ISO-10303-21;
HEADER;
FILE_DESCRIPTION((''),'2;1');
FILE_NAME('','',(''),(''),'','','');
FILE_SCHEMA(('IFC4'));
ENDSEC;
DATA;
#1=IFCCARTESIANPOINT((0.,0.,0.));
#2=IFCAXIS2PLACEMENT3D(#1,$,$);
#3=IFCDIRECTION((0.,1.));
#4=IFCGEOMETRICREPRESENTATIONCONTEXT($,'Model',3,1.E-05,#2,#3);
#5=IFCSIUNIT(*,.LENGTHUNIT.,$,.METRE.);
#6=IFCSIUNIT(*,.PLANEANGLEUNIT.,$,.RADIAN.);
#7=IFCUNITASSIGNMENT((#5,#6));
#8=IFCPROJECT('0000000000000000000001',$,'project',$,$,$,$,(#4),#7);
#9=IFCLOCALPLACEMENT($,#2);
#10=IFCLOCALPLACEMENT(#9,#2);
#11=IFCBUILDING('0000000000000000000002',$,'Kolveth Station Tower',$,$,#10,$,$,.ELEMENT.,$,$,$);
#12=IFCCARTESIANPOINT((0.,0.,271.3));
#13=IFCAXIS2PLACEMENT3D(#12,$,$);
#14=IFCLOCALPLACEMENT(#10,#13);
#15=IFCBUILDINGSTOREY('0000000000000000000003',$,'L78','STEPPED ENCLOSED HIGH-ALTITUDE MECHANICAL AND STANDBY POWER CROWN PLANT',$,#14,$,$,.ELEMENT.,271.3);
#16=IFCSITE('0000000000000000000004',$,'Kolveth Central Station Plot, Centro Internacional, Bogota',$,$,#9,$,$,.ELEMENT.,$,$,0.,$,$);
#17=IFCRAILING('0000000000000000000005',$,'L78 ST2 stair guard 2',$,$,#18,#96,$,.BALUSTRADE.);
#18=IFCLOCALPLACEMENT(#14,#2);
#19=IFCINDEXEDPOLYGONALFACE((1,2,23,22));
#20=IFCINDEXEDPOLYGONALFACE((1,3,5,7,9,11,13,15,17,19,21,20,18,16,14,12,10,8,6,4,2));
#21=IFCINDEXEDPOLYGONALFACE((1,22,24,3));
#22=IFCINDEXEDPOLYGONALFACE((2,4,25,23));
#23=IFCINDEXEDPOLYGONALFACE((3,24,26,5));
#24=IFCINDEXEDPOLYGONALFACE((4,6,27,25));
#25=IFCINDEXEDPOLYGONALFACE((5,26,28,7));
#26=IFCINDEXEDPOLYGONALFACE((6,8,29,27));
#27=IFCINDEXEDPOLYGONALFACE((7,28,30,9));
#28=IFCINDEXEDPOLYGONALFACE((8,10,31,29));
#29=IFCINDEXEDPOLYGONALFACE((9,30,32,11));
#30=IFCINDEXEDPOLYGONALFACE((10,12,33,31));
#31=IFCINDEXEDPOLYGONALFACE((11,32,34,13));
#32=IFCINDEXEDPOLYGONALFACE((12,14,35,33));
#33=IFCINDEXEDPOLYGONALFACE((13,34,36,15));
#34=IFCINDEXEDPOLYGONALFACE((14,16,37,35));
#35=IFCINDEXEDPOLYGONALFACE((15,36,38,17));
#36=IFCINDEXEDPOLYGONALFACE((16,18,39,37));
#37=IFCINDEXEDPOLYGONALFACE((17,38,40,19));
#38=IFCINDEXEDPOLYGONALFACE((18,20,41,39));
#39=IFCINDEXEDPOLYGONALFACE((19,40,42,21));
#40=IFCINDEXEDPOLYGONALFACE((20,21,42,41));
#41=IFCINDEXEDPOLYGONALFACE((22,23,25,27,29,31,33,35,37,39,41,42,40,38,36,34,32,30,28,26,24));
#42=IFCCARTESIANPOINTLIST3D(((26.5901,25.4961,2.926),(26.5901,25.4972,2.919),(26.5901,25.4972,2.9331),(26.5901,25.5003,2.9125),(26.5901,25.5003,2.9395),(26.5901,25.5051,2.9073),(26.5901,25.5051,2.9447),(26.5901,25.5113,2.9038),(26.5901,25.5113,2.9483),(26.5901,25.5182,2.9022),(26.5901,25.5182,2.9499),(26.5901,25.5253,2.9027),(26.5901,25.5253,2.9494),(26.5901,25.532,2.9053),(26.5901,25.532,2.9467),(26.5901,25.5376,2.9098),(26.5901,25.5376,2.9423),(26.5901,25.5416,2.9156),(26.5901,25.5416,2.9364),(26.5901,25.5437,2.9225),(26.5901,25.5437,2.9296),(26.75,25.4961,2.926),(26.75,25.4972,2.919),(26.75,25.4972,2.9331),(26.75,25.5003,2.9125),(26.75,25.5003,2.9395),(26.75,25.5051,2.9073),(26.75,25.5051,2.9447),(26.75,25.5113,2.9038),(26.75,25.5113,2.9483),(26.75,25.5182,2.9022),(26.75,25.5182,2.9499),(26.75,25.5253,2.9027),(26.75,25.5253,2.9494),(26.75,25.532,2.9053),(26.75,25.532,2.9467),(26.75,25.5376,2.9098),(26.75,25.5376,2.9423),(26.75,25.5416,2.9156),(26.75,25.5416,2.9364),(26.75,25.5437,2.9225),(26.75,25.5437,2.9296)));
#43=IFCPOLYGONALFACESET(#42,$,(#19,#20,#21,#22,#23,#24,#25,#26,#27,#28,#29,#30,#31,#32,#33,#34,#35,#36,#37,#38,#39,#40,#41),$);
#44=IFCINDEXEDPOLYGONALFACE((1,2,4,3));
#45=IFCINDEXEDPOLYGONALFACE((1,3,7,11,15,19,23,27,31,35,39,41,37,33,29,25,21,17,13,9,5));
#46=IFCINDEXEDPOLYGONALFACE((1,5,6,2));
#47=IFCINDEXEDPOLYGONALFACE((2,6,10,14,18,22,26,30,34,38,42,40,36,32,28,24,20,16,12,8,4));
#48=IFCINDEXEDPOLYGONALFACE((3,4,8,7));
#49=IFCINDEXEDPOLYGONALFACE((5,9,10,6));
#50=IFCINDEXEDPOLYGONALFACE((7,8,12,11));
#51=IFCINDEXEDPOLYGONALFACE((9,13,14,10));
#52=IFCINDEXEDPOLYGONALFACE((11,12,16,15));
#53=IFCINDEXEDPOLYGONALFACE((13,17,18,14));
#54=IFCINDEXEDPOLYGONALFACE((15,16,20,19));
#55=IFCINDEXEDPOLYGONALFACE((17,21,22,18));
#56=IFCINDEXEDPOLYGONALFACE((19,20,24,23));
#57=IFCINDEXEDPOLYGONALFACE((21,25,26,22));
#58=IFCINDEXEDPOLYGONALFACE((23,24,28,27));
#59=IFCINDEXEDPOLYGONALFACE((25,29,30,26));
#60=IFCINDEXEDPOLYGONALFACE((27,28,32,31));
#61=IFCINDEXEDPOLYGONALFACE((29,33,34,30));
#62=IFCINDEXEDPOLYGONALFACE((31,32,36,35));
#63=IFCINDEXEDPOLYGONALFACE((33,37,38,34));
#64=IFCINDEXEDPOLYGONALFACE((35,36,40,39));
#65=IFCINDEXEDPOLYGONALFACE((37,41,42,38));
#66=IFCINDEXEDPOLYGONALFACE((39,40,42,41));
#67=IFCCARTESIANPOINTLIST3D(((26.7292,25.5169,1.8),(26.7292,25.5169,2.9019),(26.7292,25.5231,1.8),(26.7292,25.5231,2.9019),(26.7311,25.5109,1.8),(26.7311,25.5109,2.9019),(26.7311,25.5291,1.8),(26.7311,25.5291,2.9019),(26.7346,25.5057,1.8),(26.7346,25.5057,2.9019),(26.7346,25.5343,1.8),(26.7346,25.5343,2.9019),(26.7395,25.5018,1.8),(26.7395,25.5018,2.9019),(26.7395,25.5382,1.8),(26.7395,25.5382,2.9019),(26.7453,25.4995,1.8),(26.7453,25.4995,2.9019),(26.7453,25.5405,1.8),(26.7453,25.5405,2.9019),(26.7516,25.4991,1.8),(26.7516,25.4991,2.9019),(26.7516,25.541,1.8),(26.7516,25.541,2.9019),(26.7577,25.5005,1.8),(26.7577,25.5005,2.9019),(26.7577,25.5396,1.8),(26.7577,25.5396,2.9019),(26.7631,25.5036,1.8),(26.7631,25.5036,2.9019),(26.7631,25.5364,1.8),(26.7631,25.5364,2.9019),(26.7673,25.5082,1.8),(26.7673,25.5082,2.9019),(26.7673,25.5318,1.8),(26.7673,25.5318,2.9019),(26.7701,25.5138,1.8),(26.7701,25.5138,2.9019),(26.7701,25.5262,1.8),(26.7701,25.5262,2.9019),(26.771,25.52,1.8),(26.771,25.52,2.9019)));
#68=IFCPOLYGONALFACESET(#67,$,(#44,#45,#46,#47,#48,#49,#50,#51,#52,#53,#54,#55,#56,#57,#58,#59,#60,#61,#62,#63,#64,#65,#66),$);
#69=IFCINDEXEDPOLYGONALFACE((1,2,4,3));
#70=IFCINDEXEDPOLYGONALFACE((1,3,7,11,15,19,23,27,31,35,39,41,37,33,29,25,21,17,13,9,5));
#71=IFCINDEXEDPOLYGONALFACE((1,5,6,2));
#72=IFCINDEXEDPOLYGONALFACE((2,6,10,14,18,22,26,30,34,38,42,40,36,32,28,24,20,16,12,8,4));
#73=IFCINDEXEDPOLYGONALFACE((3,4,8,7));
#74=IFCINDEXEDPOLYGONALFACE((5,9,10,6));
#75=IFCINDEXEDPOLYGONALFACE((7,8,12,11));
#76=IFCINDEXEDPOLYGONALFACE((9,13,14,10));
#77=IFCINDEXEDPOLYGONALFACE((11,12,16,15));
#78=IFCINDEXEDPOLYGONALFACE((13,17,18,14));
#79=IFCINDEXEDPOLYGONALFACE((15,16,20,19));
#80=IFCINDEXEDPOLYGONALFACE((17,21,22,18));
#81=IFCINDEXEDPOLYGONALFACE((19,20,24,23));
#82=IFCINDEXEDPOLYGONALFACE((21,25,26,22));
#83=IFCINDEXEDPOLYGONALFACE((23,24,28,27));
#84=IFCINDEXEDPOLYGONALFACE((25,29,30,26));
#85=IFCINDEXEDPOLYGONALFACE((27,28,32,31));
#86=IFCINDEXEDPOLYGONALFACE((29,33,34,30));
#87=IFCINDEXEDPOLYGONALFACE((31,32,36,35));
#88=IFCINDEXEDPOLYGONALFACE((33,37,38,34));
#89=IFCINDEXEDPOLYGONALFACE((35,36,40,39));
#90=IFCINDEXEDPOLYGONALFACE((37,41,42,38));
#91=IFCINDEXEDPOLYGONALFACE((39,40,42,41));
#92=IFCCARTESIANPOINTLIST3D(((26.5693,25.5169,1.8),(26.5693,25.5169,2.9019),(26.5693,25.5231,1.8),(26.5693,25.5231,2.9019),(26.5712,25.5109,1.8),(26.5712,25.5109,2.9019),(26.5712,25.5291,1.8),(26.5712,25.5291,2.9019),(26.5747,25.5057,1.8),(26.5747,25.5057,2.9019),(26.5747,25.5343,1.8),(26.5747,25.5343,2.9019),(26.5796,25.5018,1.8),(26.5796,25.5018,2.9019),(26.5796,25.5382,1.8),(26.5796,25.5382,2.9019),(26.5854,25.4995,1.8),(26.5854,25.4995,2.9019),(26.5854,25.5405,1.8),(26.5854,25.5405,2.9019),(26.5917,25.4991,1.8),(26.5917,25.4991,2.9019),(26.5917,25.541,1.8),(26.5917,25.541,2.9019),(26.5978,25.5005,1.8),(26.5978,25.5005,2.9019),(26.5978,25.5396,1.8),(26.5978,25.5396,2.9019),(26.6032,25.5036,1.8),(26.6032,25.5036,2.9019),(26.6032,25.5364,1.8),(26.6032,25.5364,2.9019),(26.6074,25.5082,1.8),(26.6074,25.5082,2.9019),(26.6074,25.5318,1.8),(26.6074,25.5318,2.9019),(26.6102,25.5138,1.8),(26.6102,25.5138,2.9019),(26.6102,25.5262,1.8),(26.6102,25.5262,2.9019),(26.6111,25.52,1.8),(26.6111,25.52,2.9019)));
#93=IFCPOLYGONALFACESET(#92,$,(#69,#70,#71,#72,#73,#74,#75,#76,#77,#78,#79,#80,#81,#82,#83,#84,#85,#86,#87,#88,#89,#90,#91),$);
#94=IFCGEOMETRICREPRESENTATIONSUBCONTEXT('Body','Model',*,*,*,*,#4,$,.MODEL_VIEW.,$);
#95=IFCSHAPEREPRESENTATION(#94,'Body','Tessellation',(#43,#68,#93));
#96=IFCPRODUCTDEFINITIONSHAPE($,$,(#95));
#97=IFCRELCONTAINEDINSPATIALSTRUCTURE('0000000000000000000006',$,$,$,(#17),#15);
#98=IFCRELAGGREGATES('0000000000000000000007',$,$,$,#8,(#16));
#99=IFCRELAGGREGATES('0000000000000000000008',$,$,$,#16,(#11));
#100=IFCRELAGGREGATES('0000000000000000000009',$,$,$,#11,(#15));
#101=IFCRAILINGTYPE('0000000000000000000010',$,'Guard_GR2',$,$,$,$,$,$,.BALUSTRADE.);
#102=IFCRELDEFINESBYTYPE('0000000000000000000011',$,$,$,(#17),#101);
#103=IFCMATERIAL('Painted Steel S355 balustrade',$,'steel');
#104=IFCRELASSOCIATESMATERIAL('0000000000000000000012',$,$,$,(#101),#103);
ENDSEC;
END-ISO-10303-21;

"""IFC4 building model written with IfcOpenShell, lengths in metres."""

from ifc_helpers import new_model, si_unit, direction, frame, origin, origin_2d, place, context, subcontext, project, spatial, circle, extrude, material, type_object, element, save


model = new_model("IFC4")

# Units and contexts
model_context = context("Model", 3, precision=1e-05, world=origin(), true_north=direction((0.0, 1.0)))
body_context = subcontext(model_context, "Body", "Model", "MODEL_VIEW")
ifc_project = project(units=[si_unit("LENGTHUNIT", "METRE"), si_unit("PLANEANGLEUNIT", "RADIAN")], contexts=[model_context])

# Site, building, storey
site_placement = place(None, origin())
site = spatial("IfcSite", under=ifc_project, at=site_placement, Name="Kolveth Central Station Plot, Centro Internacional, Bogota", CompositionType="ELEMENT", RefElevation=0.0)
building_placement = place(site_placement, origin())
building = spatial("IfcBuilding", under=site, at=building_placement, Name="Kolveth Station Tower", CompositionType="ELEMENT")
storey_placement = place(building_placement, frame((0.0, 0.0, 271.3)))
storey = spatial("IfcBuildingStorey", under=building, at=storey_placement, Name="L78", Description="STEPPED ENCLOSED HIGH-ALTITUDE MECHANICAL AND STANDBY POWER CROWN PLANT", CompositionType="ELEMENT", Elevation=271.3)

# Railing
ifc_material_1 = material(Name="Painted Steel S355 balustrade", Category="steel")
railing_type_1 = type_object("IfcRailingType", Name="Guard_GR2", PredefinedType="BALUSTRADE", material=ifc_material_1)
railing_1_placement = place(storey_placement, frame((26.75, 25.52, 1.8)))
element("IfcRailing", 1, at=railing_1_placement, inside=storey, type_object=railing_type_1, Name="L78 ST2 stair guard 2", PredefinedType="BALUSTRADE", context=body_context, shape_type="SweptSolid", body=[
    extrude(circle(Radius=0.0239, at=origin_2d()), frame((0.0, 0.0, 1.126), z_axis=(-1.0, 0.0, 0.0), x_axis=(0.0, -1.0, 0.0)), (0.0, 0.0, 1.0), 0.1599),
    extrude(circle(Radius=0.021, at=origin_2d()), origin(), (0.0, 0.0, 1.0), 1.1018),
    extrude(circle(Radius=0.021, at=origin_2d()), frame((-0.1599, 0.0, 0.0)), (0.0, 0.0, 1.0), 1.1018),
])

save(model, "model.ifc")
